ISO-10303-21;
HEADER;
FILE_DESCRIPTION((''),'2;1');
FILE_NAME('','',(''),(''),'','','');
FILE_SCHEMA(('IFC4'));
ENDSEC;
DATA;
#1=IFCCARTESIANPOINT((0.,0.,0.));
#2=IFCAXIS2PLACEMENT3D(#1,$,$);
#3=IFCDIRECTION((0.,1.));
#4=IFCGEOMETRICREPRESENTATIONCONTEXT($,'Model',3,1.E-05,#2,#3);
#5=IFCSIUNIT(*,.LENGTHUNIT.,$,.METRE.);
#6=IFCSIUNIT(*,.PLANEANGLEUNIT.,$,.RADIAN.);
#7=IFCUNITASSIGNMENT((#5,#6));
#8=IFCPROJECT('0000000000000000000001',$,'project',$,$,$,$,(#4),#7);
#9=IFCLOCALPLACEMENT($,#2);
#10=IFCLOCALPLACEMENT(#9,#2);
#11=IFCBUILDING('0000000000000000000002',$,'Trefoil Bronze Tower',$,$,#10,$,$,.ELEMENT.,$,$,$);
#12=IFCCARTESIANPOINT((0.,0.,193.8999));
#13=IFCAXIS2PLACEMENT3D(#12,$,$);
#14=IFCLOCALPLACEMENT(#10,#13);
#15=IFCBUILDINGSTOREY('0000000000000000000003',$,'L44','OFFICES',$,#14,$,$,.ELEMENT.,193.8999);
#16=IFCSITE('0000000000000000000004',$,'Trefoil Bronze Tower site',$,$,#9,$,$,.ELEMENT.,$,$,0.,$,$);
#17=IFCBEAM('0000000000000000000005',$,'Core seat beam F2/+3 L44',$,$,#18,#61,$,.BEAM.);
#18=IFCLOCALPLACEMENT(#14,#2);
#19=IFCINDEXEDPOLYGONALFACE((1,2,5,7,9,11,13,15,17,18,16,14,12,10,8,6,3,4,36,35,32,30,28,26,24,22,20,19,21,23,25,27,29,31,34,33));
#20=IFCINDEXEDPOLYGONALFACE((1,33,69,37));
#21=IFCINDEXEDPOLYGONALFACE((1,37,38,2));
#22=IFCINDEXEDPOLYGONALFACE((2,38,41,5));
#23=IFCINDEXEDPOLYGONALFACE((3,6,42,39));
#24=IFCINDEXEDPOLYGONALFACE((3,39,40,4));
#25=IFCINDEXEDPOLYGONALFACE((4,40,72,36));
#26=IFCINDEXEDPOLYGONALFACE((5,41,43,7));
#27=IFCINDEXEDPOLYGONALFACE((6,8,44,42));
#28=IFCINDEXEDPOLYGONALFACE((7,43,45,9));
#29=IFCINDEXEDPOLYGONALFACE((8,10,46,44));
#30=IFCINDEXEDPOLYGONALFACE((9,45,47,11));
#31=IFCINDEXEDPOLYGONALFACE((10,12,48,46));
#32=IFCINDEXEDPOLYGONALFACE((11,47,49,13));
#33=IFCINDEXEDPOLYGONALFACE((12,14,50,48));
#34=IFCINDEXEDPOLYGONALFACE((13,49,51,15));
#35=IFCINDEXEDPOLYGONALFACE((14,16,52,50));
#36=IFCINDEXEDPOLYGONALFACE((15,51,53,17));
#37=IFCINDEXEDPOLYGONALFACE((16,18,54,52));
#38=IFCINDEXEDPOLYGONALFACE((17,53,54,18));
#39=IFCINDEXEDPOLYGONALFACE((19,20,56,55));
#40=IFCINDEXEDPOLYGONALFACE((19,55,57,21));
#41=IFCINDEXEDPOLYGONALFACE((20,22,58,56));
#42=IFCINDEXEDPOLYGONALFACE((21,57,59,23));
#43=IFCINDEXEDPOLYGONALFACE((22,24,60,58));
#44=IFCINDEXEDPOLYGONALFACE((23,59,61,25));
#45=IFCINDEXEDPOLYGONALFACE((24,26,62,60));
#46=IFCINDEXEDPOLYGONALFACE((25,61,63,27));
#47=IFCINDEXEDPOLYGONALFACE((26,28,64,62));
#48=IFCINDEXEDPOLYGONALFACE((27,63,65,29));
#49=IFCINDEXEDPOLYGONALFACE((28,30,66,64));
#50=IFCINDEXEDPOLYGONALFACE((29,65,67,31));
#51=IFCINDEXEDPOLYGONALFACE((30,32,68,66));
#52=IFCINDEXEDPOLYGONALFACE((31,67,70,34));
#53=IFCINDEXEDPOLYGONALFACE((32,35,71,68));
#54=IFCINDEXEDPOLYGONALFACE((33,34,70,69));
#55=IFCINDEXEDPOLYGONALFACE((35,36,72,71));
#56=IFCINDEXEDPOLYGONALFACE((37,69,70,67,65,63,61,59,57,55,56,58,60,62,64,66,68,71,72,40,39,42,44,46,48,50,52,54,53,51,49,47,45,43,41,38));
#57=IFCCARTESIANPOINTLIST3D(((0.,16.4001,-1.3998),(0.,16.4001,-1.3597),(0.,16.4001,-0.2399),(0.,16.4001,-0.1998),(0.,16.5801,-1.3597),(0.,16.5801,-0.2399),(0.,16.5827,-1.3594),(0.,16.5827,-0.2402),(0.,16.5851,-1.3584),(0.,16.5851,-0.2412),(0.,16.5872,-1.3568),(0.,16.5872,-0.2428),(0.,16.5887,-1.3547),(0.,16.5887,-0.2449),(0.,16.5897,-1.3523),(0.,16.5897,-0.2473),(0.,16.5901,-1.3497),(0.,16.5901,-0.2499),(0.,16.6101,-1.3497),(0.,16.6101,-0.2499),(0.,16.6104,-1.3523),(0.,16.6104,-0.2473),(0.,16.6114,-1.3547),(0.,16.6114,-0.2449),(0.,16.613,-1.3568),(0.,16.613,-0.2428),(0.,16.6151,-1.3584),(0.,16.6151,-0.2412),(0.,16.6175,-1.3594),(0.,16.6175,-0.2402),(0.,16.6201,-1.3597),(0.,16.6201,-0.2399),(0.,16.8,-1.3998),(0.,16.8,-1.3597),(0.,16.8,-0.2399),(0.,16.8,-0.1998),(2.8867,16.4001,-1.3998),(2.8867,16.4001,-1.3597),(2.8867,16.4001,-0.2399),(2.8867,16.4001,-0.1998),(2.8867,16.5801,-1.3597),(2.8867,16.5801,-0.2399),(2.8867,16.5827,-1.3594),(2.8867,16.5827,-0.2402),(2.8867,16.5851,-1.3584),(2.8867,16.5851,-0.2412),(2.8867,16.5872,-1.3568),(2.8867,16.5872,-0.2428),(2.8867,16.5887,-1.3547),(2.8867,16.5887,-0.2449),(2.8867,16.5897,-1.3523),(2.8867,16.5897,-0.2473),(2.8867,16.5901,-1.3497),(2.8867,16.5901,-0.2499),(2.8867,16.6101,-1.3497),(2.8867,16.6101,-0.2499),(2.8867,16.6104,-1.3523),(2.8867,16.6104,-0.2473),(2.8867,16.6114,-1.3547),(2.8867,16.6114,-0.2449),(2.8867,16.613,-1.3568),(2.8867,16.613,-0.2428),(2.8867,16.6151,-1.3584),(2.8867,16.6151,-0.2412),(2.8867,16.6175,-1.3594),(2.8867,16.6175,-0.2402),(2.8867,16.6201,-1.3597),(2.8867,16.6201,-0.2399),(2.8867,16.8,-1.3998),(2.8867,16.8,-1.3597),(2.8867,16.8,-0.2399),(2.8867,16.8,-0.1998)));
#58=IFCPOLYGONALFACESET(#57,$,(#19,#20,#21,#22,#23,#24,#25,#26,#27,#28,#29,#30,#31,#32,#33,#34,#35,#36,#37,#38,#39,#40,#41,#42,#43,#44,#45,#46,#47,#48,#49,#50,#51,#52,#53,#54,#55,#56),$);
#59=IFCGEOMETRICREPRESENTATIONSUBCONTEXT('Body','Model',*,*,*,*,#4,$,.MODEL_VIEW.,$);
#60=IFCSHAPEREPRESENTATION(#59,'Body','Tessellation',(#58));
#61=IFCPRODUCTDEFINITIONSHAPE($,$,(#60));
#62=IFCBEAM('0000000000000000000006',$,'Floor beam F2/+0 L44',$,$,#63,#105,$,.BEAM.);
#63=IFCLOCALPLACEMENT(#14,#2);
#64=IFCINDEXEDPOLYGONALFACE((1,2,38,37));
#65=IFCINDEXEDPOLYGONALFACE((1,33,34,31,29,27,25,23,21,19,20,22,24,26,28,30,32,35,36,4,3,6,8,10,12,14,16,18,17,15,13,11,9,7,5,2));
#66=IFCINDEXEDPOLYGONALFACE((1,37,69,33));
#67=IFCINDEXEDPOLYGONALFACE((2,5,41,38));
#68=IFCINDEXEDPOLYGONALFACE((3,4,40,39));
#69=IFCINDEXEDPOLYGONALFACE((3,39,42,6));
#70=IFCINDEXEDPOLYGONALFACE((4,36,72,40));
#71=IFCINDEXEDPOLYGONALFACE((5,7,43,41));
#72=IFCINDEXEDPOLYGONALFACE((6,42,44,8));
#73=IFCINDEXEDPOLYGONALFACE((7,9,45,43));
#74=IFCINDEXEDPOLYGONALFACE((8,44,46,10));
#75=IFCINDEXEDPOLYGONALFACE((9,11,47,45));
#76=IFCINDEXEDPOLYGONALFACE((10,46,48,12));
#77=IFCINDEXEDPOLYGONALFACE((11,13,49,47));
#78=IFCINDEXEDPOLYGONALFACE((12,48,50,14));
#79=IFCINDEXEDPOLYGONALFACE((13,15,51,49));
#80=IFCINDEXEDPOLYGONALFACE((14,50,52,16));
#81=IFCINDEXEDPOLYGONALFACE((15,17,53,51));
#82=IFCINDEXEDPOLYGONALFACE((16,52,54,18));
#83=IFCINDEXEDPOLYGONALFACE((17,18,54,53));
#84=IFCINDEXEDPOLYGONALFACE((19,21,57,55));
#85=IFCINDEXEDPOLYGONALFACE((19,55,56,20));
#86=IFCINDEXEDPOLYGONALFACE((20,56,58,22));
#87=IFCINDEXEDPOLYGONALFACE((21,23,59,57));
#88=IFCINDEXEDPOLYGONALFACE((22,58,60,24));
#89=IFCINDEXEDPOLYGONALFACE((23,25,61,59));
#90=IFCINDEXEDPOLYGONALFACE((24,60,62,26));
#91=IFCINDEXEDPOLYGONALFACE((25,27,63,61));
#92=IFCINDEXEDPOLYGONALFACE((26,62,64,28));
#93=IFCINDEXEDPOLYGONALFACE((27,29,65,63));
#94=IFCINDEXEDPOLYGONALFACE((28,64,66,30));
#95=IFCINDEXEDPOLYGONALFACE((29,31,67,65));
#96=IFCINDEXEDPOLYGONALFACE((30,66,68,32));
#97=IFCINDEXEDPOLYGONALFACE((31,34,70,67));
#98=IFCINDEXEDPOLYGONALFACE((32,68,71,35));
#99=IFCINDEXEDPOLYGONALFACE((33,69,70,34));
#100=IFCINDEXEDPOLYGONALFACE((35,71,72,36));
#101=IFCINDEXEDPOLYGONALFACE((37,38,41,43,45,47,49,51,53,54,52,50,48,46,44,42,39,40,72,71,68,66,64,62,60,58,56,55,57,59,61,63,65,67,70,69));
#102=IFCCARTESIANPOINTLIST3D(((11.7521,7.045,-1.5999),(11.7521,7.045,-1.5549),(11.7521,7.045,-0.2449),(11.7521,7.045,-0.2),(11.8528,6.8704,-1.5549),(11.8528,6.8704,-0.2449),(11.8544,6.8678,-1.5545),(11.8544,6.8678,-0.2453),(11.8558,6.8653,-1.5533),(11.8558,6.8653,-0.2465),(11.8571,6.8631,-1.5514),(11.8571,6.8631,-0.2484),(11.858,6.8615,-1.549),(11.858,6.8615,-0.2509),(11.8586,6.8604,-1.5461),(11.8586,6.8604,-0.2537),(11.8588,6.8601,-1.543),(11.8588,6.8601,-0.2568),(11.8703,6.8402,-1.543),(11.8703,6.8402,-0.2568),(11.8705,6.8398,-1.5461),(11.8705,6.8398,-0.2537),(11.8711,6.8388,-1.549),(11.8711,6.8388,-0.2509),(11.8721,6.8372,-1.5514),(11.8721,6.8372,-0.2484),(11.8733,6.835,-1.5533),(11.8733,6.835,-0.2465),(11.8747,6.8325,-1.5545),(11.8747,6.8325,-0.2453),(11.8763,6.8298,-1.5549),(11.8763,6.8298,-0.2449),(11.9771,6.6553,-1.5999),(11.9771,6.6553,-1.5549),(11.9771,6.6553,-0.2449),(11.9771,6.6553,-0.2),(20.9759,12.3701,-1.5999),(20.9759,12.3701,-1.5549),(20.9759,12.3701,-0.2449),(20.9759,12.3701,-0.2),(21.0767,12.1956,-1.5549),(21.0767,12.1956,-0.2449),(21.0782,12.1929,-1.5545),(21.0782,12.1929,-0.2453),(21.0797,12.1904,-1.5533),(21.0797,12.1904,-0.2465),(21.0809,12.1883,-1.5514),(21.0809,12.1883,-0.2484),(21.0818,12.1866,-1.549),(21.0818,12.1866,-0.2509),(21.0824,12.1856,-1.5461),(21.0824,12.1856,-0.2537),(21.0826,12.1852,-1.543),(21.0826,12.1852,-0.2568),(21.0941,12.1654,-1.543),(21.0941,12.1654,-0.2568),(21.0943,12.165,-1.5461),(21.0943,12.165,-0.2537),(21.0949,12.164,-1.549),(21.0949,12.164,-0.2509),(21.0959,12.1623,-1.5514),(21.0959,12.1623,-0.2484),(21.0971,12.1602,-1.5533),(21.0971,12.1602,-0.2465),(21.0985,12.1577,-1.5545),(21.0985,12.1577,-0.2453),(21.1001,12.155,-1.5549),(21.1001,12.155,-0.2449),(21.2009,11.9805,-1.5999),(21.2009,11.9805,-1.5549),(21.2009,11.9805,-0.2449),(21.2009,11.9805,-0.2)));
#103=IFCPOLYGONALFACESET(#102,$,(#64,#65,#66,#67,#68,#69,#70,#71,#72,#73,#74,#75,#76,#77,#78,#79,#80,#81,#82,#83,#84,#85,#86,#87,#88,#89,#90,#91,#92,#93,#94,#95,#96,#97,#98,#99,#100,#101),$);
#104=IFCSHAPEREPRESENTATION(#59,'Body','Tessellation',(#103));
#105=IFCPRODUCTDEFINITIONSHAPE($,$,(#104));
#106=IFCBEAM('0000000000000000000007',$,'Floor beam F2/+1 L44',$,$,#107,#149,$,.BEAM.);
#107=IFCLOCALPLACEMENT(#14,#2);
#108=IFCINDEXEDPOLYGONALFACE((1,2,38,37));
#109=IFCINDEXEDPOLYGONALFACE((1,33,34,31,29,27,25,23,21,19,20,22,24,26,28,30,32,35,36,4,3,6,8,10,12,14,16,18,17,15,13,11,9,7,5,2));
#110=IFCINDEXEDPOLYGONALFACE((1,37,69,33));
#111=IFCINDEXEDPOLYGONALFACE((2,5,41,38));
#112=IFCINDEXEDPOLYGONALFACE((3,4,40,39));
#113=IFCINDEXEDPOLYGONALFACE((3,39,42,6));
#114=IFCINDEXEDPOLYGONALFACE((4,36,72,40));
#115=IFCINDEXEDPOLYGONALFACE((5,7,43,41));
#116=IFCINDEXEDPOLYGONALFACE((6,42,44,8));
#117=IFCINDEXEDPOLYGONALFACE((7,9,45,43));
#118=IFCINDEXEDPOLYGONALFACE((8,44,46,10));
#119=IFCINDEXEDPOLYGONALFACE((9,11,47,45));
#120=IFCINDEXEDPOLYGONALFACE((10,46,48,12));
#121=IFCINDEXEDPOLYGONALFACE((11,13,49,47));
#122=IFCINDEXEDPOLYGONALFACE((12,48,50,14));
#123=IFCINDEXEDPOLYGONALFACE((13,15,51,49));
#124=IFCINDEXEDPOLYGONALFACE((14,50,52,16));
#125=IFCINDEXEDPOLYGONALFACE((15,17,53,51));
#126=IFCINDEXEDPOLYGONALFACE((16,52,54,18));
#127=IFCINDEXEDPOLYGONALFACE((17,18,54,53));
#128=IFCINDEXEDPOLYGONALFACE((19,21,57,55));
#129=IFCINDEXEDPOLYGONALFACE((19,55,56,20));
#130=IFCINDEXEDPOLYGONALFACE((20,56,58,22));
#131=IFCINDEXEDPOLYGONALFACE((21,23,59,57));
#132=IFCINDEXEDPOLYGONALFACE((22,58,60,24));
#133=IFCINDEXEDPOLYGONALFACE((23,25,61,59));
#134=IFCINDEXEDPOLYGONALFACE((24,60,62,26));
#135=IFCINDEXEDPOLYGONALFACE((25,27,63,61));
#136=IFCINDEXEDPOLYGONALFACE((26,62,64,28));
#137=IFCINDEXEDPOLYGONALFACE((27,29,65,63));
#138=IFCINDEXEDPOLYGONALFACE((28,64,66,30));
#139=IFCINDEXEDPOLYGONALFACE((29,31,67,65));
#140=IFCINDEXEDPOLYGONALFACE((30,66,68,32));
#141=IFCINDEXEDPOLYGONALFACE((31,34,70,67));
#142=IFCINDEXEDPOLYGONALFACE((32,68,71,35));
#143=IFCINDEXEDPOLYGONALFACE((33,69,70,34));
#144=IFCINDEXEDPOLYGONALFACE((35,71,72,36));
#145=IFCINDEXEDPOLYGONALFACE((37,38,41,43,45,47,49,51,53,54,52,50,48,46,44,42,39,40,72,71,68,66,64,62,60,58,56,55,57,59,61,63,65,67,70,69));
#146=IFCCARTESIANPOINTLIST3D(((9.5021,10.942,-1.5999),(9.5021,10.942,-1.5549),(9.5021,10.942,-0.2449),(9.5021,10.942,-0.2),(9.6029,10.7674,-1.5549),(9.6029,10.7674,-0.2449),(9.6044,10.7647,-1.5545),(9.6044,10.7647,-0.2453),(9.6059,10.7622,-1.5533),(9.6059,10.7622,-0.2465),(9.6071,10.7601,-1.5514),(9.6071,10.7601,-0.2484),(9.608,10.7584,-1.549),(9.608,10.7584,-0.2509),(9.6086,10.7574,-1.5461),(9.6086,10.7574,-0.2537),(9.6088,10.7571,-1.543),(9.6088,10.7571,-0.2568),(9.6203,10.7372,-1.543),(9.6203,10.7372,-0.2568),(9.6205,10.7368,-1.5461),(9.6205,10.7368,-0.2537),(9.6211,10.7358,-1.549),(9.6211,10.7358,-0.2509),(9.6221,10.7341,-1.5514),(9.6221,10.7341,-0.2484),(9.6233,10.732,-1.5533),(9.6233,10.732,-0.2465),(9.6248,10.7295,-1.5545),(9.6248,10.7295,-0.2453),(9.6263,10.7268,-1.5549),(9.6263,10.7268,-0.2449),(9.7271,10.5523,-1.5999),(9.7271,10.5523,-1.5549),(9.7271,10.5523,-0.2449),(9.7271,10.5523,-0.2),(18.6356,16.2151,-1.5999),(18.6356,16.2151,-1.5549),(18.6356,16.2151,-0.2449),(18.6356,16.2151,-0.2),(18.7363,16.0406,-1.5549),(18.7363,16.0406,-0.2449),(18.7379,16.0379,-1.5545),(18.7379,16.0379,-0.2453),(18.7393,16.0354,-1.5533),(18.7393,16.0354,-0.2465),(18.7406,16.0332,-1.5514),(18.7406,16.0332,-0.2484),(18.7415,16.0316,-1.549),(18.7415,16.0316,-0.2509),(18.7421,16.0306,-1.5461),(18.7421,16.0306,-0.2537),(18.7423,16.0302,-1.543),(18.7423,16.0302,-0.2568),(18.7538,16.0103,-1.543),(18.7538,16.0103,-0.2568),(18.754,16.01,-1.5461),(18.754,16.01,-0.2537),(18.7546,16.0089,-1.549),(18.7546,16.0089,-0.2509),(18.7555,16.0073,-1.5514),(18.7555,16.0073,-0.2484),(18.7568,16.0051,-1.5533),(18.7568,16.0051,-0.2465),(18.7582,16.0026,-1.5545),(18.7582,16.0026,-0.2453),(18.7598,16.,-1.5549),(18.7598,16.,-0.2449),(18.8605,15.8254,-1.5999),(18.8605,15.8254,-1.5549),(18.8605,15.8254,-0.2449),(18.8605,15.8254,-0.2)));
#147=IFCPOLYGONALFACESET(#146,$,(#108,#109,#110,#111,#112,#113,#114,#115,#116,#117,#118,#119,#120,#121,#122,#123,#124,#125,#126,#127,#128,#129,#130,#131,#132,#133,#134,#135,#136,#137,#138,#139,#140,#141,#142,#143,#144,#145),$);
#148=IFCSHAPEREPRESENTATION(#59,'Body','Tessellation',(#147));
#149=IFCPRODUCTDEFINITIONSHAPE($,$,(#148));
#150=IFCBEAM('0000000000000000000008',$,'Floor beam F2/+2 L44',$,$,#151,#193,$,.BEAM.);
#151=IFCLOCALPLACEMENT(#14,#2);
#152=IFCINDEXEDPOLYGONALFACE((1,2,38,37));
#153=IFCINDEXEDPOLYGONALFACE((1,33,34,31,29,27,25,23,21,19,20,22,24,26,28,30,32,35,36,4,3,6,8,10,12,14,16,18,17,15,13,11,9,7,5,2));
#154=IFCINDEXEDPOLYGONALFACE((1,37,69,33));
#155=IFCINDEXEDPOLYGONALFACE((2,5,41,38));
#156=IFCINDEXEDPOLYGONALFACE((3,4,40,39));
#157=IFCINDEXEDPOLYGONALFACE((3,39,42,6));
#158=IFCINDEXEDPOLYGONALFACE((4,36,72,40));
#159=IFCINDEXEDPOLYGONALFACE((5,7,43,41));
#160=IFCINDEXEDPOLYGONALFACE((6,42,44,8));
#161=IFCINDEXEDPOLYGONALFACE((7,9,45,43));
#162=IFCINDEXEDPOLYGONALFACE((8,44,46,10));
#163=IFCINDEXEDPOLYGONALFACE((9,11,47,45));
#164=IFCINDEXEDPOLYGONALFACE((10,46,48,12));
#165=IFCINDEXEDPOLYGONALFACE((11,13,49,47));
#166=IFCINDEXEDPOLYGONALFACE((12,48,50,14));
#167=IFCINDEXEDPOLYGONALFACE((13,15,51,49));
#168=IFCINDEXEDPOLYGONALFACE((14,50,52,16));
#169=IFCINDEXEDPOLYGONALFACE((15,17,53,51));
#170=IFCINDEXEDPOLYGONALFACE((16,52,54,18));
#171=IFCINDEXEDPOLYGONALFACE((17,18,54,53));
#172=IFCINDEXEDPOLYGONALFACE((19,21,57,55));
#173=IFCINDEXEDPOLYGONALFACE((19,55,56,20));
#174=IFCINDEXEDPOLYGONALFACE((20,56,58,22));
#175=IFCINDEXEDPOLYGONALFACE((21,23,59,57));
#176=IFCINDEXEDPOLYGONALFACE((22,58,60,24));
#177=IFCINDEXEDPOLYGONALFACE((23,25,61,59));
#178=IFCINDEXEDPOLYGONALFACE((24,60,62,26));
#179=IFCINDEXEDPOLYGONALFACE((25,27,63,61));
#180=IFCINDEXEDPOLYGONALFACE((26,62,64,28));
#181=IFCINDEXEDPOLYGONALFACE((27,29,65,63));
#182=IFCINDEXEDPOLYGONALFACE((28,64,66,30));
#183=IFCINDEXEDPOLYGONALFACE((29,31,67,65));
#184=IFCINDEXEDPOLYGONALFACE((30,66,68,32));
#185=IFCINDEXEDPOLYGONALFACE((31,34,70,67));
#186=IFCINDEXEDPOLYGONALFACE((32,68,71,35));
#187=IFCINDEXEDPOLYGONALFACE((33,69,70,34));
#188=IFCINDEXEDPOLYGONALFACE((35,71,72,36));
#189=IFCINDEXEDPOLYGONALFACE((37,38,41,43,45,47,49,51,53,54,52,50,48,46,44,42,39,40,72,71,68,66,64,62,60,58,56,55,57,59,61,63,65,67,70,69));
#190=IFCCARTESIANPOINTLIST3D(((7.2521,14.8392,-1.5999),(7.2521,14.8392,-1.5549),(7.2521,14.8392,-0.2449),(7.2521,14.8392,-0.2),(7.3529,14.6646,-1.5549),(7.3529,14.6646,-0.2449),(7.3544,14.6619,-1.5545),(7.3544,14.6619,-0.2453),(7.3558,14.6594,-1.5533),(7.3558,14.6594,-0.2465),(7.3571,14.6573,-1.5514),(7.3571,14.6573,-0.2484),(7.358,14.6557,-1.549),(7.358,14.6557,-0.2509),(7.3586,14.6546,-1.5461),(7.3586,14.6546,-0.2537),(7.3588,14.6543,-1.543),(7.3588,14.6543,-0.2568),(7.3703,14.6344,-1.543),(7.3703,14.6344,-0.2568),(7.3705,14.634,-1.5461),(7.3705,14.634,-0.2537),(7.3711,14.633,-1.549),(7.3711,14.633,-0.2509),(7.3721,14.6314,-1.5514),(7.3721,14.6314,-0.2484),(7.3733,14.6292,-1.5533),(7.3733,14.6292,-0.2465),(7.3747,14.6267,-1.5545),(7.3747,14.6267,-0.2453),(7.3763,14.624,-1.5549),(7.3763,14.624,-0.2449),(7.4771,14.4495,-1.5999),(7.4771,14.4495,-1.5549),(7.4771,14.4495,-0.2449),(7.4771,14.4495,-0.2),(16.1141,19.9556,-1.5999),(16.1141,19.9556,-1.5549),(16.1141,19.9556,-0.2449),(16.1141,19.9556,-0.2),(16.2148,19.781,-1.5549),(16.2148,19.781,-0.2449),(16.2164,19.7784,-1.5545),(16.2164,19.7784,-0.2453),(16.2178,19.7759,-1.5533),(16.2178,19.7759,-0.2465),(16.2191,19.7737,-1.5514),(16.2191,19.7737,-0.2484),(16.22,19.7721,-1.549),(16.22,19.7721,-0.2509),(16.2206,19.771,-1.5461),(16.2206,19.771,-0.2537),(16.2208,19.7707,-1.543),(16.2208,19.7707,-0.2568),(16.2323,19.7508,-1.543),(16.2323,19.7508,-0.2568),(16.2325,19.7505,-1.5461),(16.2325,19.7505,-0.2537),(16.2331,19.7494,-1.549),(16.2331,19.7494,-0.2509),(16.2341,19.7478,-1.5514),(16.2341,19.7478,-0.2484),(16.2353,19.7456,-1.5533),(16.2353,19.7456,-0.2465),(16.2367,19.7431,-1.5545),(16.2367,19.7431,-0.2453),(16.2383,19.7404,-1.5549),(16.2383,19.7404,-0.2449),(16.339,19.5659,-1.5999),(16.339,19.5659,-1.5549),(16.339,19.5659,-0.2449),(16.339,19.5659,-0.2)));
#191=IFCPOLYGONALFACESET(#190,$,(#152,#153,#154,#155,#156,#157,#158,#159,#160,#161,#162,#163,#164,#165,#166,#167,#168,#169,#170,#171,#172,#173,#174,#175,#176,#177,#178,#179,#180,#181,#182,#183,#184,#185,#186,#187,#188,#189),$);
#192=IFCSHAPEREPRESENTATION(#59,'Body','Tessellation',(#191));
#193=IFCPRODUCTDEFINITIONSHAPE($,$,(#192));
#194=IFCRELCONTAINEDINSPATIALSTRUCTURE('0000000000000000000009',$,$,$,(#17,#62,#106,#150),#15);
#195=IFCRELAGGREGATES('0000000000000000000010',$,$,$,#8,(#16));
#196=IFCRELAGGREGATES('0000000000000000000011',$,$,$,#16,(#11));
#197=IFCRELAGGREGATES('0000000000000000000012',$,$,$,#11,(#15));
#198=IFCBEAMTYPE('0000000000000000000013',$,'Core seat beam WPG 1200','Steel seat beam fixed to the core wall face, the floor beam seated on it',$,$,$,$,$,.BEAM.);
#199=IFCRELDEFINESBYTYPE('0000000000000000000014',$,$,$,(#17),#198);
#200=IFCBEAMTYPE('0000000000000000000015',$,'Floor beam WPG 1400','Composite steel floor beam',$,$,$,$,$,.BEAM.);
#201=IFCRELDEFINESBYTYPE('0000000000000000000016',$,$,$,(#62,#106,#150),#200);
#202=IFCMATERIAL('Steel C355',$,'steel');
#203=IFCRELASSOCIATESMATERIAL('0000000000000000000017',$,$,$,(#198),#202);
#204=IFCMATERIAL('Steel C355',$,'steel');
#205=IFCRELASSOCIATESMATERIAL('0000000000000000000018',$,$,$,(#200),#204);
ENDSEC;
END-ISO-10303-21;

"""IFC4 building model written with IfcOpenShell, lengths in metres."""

from ifc_helpers import new_model, si_unit, direction, frame, origin, origin_2d, place, context, subcontext, project, spatial, i_section, extrude, material, material_profile, profile_set, type_object, element, save


model = new_model("IFC4")

# Units and contexts
model_context = context("Model", 3, precision=1e-05, world=origin(), true_north=direction((0.0, 1.0)))
body_context = subcontext(model_context, "Body", "Model", "MODEL_VIEW")
ifc_project = project(units=[si_unit("LENGTHUNIT", "METRE"), si_unit("PLANEANGLEUNIT", "RADIAN")], contexts=[model_context])

# Site, building, storey
site_placement = place(None, origin())
site = spatial("IfcSite", under=ifc_project, at=site_placement, Name="Trefoil Bronze Tower site", CompositionType="ELEMENT", RefElevation=0.0)
building_placement = place(site_placement, origin())
building = spatial("IfcBuilding", under=site, at=building_placement, Name="Trefoil Bronze Tower", CompositionType="ELEMENT")
storey_placement = place(building_placement, frame((0.0, 0.0, 193.8999)))
storey = spatial("IfcBuildingStorey", under=building, at=storey_placement, Name="L44", Description="OFFICES", CompositionType="ELEMENT", Elevation=193.8999)

# Beams
ifc_material_1 = material(Name="Steel C355", Category="steel")
ifc_material_profile_1 = material_profile(ifc_material_1, i_section(OverallWidth=0.3999, OverallDepth=1.2, WebThickness=0.02, FlangeThickness=0.04, FilletRadius=0.01, at=origin_2d()), Name="WPG 1200")
ifc_profile_set_1 = profile_set([ifc_material_profile_1], Name="Steel C355")
beam_type_1 = type_object("IfcBeamType", Name="Core seat beam WPG 1200", Description="Steel seat beam fixed to the core wall face, the floor beam seated on it", PredefinedType="BEAM", material=ifc_profile_set_1)
beam_1_placement = place(storey_placement, frame((2.8867, 16.6001, -0.7998), z_axis=(-1.0, 0.0, 0.0), x_axis=(0.0, -1.0, 0.0)))
element("IfcBeam", 1, at=beam_1_placement, inside=storey, type_object=beam_type_1, Name="Core seat beam F2/+3 L44", PredefinedType="BEAM", context=body_context, shape_type="SweptSolid", body=[
    extrude(i_section(OverallWidth=0.3999, OverallDepth=1.2, WebThickness=0.02, FlangeThickness=0.04, FilletRadius=0.01, at=origin_2d()), origin(), (0.0, 0.0, 1.0), 2.8867),
])
ifc_material_2 = material(Name="Steel C355", Category="steel")
ifc_material_profile_2 = material_profile(ifc_material_2, i_section(OverallWidth=0.45, OverallDepth=1.3999, WebThickness=0.0229, FlangeThickness=0.0449, FilletRadius=0.012, at=origin_2d()), Name="WPG 1400")
ifc_profile_set_2 = profile_set([ifc_material_profile_2], Name="Steel C355")
beam_type_2 = type_object("IfcBeamType", Name="Floor beam WPG 1400", Description="Composite steel floor beam", PredefinedType="BEAM", material=ifc_profile_set_2)
beam_2_placement = place(storey_placement, frame((21.0884, 12.1753, -0.8999), z_axis=(-0.866034, -0.499985, 0.0), x_axis=(0.499985, -0.866034, 0.0)))
element("IfcBeam", 2, at=beam_2_placement, inside=storey, type_object=beam_type_2, Name="Floor beam F2/+0 L44", PredefinedType="BEAM", context=body_context, shape_type="SweptSolid", body=[
    extrude(i_section(OverallWidth=0.45, OverallDepth=1.3999, WebThickness=0.0229, FlangeThickness=0.0449, FilletRadius=0.012, at=origin_2d()), origin(), (0.0, 0.0, 1.0), 10.6506),
])
beam_3_placement = place(storey_placement, frame((18.748, 16.0203, -0.8999), z_axis=(-0.866028, -0.499996, 0.0), x_axis=(0.499996, -0.866028, 0.0)))
element("IfcBeam", 3, at=beam_3_placement, inside=storey, type_object=beam_type_2, Name="Floor beam F2/+1 L44", PredefinedType="BEAM", context=body_context, shape_type="SweptSolid", body=[
    extrude(i_section(OverallWidth=0.45, OverallDepth=1.3999, WebThickness=0.0229, FlangeThickness=0.0449, FilletRadius=0.012, at=origin_2d()), origin(), (0.0, 0.0, 1.0), 10.5464),
])
beam_4_placement = place(storey_placement, frame((16.2266, 19.7607, -0.8999), z_axis=(-0.866028, -0.499996, 0.0), x_axis=(0.499996, -0.866028, 0.0)))
element("IfcBeam", 4, at=beam_4_placement, inside=storey, type_object=beam_type_2, Name="Floor beam F2/+2 L44", PredefinedType="BEAM", context=body_context, shape_type="SweptSolid", body=[
    extrude(i_section(OverallWidth=0.45, OverallDepth=1.3999, WebThickness=0.0229, FlangeThickness=0.0449, FilletRadius=0.012, at=origin_2d()), origin(), (0.0, 0.0, 1.0), 10.2329),
])

save(model, "model.ifc")
